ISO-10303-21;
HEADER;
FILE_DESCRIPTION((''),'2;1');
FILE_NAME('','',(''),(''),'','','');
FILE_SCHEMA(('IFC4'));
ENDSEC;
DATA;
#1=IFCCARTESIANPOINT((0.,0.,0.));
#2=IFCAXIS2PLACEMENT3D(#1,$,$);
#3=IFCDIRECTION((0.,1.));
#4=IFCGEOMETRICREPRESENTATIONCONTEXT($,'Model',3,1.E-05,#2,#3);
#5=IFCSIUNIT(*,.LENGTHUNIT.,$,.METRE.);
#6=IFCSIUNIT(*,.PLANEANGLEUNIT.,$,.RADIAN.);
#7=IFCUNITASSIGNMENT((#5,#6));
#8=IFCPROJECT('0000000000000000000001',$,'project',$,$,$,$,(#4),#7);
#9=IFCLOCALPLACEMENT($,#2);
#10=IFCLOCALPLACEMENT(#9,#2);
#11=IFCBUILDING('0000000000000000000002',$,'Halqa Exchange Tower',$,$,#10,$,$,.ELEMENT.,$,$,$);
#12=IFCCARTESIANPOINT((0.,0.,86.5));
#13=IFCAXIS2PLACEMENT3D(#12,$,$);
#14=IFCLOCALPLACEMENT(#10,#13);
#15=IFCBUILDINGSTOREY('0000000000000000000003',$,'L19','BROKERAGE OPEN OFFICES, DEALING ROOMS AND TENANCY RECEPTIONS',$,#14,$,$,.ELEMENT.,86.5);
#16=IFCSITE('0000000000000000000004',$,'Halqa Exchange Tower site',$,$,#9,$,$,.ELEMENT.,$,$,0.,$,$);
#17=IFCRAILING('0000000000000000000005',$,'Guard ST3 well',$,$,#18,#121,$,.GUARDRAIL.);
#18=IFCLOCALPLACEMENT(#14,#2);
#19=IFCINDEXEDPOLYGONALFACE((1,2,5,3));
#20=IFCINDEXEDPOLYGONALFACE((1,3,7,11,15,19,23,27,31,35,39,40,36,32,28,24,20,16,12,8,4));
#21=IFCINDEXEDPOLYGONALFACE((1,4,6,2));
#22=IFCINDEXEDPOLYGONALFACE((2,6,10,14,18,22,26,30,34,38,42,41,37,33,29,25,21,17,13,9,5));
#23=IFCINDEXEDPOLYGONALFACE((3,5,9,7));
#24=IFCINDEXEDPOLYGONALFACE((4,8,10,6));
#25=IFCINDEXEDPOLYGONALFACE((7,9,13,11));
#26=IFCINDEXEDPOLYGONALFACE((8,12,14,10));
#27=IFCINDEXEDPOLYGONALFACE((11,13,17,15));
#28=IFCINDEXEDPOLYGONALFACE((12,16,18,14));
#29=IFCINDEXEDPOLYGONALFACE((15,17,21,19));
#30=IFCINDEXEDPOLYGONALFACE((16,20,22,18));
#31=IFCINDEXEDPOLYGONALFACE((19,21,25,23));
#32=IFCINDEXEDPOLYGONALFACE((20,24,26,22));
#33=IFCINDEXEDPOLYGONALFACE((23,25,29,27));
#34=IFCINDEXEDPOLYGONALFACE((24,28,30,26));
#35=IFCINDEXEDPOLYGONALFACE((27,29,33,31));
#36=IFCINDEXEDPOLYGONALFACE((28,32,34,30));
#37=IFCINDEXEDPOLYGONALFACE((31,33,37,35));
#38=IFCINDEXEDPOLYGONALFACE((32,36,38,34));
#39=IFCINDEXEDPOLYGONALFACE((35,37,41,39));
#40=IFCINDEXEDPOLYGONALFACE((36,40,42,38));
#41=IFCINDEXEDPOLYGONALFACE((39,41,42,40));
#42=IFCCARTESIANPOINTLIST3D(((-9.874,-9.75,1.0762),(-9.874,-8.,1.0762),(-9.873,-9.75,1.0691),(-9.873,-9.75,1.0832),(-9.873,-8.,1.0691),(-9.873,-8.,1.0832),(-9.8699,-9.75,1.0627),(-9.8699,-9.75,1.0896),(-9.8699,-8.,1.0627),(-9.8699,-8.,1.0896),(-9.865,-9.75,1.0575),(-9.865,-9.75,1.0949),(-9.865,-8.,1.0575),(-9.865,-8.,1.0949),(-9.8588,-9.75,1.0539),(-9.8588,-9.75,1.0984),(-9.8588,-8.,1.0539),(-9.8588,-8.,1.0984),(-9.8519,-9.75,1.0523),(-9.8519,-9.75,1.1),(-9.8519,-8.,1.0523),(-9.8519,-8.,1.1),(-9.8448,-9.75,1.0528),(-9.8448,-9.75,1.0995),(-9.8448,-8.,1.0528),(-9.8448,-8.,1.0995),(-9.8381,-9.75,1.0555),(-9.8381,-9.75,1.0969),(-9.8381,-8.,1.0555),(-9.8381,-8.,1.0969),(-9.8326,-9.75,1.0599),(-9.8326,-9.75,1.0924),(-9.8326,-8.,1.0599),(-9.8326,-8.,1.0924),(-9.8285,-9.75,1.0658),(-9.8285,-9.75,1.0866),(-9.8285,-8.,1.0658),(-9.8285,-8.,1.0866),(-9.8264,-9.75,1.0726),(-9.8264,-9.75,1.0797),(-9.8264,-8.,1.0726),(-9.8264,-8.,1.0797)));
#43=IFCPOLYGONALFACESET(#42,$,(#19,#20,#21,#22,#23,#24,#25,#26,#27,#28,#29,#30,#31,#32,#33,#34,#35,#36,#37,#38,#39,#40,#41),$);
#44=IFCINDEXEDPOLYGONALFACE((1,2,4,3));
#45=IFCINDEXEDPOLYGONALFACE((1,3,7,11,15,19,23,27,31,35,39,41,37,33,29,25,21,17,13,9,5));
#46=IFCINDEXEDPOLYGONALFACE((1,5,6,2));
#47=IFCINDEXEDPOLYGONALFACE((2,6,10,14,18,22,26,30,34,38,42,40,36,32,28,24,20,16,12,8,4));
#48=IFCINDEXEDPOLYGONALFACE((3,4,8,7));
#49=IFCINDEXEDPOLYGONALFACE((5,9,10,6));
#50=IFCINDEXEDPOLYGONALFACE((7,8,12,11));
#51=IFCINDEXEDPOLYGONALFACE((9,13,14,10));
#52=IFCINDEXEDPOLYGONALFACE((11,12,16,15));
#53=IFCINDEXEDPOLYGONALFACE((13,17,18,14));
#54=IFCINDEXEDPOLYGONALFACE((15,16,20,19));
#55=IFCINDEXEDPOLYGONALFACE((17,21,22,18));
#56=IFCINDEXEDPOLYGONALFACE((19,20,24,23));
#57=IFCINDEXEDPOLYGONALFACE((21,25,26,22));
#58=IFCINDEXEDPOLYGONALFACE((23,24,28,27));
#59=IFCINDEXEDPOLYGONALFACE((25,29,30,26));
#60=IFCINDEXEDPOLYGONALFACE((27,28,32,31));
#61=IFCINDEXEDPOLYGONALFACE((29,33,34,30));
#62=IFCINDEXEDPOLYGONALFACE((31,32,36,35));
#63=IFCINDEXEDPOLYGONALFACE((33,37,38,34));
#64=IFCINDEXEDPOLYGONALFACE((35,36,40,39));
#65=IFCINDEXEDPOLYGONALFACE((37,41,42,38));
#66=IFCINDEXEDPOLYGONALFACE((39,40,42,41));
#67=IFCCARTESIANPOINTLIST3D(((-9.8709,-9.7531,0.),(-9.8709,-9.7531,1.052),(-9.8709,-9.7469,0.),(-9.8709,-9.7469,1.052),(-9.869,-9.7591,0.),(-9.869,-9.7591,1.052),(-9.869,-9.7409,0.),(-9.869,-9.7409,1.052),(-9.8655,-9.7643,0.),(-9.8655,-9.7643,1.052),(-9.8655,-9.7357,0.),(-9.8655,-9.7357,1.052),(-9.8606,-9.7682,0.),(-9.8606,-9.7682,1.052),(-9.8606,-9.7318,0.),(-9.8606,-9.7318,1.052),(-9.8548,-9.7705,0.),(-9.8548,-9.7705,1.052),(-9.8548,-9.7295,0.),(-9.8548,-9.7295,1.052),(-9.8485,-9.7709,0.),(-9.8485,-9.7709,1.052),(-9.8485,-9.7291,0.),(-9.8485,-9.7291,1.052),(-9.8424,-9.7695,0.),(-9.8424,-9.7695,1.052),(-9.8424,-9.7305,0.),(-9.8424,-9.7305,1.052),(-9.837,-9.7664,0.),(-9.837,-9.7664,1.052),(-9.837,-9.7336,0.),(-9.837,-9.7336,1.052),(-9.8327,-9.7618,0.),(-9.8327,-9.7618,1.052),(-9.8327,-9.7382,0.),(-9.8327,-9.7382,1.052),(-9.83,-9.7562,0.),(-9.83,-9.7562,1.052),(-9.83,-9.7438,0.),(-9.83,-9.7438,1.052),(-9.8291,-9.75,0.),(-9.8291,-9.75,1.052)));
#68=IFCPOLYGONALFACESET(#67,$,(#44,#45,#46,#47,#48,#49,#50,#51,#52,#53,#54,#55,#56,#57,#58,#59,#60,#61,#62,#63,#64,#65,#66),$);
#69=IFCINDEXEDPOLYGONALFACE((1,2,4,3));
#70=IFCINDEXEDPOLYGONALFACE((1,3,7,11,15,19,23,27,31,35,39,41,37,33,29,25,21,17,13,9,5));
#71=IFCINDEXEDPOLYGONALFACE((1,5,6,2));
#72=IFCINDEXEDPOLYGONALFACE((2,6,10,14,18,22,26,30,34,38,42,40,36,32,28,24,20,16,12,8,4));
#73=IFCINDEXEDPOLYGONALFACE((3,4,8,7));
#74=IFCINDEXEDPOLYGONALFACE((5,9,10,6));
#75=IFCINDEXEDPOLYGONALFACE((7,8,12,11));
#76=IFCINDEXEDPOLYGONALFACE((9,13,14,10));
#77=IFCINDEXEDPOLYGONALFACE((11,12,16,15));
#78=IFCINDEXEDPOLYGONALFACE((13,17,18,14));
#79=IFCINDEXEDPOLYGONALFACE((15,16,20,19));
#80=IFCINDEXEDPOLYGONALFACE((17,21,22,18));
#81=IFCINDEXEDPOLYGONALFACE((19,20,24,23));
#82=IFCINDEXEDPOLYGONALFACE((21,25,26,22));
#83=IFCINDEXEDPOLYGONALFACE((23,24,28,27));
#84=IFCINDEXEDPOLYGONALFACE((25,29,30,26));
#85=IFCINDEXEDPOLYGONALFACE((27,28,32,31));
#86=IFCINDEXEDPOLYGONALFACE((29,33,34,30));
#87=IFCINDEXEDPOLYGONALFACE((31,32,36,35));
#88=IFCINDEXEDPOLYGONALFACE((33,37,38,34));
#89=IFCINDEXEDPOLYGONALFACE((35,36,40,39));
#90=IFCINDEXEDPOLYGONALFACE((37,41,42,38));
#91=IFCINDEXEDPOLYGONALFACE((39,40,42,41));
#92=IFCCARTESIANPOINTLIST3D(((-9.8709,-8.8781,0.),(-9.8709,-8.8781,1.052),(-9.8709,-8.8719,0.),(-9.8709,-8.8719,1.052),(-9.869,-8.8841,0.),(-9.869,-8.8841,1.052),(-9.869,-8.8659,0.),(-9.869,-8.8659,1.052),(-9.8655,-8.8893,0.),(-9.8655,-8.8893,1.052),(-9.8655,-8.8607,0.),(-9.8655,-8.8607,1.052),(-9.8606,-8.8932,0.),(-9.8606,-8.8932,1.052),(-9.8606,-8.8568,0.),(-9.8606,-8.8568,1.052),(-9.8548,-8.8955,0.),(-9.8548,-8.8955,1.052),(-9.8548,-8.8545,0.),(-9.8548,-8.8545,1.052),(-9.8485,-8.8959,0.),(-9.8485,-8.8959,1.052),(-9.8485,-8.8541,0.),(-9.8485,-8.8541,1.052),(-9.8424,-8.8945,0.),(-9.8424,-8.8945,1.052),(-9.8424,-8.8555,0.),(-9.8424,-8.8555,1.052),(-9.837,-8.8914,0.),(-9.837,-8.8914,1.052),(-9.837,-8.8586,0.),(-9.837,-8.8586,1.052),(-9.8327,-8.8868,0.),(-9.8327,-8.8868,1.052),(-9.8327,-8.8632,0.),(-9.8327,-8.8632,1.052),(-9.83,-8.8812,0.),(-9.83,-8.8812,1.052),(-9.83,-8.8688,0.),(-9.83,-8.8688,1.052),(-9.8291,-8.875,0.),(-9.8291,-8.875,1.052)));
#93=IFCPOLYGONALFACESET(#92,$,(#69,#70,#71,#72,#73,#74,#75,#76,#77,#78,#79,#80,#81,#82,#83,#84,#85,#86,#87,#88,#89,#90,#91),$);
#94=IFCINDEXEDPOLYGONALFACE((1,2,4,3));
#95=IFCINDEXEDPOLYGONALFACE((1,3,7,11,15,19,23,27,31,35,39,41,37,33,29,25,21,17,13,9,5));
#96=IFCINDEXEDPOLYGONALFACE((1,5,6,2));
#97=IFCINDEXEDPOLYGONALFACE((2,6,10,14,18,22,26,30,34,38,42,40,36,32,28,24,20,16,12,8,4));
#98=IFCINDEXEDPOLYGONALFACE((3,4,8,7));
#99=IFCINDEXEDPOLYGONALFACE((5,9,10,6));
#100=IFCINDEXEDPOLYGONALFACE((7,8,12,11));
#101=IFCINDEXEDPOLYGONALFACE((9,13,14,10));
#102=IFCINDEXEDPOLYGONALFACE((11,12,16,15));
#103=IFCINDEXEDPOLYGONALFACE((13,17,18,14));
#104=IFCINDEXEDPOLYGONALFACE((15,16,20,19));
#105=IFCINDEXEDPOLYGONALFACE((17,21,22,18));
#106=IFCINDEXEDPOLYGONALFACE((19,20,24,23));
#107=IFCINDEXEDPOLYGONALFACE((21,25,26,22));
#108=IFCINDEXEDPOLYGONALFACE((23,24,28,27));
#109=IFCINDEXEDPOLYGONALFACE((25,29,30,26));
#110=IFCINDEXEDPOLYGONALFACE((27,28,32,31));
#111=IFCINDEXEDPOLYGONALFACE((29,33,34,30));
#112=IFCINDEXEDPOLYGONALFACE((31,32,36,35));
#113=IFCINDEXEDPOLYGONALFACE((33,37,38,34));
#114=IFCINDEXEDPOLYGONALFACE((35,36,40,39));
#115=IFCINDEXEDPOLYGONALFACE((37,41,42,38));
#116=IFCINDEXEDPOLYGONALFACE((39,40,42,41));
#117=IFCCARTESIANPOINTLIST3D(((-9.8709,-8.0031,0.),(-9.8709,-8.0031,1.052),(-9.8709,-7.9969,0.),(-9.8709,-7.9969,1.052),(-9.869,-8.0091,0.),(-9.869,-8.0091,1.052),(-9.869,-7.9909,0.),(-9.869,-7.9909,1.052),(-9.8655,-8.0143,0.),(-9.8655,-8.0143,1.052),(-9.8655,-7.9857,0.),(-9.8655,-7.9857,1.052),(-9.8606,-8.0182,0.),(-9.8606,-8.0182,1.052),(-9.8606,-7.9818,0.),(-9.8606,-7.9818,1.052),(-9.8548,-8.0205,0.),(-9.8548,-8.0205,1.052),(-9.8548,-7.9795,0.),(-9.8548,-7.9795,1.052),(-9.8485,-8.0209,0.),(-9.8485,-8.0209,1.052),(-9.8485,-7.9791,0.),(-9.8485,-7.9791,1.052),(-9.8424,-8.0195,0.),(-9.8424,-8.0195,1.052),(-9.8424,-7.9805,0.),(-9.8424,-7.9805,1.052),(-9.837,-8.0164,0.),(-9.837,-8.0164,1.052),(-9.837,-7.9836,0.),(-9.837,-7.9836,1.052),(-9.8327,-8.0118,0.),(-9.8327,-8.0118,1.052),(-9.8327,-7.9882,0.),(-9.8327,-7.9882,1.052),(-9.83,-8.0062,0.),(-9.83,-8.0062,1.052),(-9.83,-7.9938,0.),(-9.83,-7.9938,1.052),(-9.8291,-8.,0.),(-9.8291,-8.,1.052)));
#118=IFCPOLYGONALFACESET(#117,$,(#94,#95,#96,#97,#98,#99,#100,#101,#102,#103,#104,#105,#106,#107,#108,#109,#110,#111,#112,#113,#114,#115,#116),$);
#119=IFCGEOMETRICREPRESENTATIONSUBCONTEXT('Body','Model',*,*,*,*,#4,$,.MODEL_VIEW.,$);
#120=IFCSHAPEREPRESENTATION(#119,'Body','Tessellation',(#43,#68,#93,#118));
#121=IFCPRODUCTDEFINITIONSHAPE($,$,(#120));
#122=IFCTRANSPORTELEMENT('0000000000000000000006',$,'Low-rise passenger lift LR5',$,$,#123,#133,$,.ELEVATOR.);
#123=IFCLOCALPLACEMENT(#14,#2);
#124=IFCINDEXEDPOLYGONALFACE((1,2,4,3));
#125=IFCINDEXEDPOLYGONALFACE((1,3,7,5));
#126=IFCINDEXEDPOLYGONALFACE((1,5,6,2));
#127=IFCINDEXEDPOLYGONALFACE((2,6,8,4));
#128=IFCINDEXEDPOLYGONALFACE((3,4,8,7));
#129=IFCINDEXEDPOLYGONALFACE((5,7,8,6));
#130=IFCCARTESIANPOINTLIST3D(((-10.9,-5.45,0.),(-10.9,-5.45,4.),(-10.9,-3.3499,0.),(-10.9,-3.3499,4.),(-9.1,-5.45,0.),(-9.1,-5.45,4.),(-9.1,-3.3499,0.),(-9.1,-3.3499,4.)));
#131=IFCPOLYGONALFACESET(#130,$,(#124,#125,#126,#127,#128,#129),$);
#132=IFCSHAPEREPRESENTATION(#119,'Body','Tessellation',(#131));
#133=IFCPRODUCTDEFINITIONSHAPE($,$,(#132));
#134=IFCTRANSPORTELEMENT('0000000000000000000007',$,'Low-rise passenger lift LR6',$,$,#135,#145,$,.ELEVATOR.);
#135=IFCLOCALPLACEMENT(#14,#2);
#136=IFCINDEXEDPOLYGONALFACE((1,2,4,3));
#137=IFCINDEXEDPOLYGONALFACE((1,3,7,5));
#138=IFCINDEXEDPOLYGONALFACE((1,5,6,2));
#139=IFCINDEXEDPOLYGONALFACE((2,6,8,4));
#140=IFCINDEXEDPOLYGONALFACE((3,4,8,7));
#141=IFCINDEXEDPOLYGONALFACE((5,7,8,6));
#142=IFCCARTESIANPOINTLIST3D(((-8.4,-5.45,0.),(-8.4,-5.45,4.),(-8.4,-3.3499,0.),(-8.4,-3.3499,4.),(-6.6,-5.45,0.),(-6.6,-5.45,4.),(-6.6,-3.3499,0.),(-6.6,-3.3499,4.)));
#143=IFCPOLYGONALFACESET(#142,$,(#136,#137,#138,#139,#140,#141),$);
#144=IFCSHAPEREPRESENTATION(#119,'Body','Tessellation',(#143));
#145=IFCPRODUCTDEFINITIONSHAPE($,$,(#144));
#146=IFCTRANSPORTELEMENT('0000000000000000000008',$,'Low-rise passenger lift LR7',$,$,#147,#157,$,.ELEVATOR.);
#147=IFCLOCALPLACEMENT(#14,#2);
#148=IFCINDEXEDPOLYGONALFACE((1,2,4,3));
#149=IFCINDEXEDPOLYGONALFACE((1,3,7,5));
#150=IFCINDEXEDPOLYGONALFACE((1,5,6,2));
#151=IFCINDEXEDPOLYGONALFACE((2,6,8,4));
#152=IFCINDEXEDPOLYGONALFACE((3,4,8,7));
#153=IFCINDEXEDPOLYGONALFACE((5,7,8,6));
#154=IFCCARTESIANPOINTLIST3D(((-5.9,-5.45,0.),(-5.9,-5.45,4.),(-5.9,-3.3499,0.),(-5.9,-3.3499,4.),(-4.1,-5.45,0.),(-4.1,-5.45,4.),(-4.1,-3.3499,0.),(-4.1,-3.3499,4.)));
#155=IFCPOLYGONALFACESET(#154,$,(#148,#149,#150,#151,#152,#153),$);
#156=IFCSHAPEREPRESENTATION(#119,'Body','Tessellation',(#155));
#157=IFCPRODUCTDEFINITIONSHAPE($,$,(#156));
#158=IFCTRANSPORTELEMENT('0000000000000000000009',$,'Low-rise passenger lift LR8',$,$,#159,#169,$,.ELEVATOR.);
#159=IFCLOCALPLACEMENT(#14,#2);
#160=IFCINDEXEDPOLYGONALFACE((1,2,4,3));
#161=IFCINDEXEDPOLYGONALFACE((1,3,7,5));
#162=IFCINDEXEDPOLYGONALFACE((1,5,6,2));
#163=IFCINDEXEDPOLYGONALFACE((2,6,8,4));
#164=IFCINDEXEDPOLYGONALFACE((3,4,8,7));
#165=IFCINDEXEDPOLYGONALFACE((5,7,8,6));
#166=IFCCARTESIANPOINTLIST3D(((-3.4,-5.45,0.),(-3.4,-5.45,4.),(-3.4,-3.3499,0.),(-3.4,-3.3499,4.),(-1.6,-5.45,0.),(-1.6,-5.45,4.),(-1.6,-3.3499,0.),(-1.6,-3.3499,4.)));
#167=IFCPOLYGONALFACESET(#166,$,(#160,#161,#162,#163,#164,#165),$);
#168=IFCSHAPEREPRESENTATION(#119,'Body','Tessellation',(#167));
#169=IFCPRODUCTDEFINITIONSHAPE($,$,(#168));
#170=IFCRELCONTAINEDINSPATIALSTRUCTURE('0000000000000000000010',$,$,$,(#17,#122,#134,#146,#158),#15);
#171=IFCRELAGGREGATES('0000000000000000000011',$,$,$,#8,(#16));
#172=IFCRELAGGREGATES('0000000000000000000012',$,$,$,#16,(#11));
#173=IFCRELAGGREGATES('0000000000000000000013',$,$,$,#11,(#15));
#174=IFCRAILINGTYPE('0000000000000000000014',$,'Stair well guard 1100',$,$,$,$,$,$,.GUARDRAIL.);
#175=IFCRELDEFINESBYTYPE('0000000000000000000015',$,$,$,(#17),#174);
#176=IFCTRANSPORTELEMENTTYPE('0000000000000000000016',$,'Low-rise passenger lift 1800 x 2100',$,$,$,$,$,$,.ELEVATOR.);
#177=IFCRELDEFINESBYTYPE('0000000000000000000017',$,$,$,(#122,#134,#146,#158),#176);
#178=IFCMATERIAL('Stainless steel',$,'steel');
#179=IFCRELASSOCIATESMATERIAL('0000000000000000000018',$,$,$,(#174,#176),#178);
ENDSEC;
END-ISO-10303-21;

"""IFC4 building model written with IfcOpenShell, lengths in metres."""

from ifc_helpers import new_model, si_unit, direction, frame, origin, origin_2d, place, context, subcontext, project, spatial, rectangle, circle, extrude, material, type_object, element, save


model = new_model("IFC4")

# Units and contexts
model_context = context("Model", 3, precision=1e-05, world=origin(), true_north=direction((0.0, 1.0)))
body_context = subcontext(model_context, "Body", "Model", "MODEL_VIEW")
ifc_project = project(units=[si_unit("LENGTHUNIT", "METRE"), si_unit("PLANEANGLEUNIT", "RADIAN")], contexts=[model_context])

# Site, building, storey
site_placement = place(None, origin())
site = spatial("IfcSite", under=ifc_project, at=site_placement, Name="Halqa Exchange Tower site", CompositionType="ELEMENT", RefElevation=0.0)
building_placement = place(site_placement, origin())
building = spatial("IfcBuilding", under=site, at=building_placement, Name="Halqa Exchange Tower", CompositionType="ELEMENT")
storey_placement = place(building_placement, frame((0.0, 0.0, 86.5)))
storey = spatial("IfcBuildingStorey", under=building, at=storey_placement, Name="L19", Description="BROKERAGE OPEN OFFICES, DEALING ROOMS AND TENANCY RECEPTIONS", CompositionType="ELEMENT", Elevation=86.5)

# Shared definitions
ifc_material_1 = material(Name="Stainless steel", Category="steel")

# Railing
railing_type_1 = type_object("IfcRailingType", Name="Stair well guard 1100", PredefinedType="GUARDRAIL", material=ifc_material_1)
railing_1_placement = place(storey_placement, frame((-9.8501, -9.75, 0.0)))
element("IfcRailing", 1, at=railing_1_placement, inside=storey, type_object=railing_type_1, Name="Guard ST3 well", PredefinedType="GUARDRAIL", context=body_context, shape_type="SweptSolid", body=[
    extrude(circle(Radius=0.0239, at=origin_2d()), frame((0.0, 0.0, 1.0762), z_axis=(0.0, 1.0, 0.0), x_axis=(-1.0, 0.0, 0.0)), (0.0, 0.0, 1.0), 1.75),
    extrude(circle(Radius=0.021, at=origin_2d()), origin(), (0.0, 0.0, 1.0), 1.052),
    extrude(circle(Radius=0.021, at=origin_2d()), frame((0.0, 0.875, 0.0)), (0.0, 0.0, 1.0), 1.052),
    extrude(circle(Radius=0.021, at=origin_2d()), frame((0.0, 1.75, 0.0)), (0.0, 0.0, 1.0), 1.052),
])

# Transport elements
transport_element_type = type_object("IfcTransportElementType", Name="Low-rise passenger lift 1800 x 2100", PredefinedType="ELEVATOR", material=ifc_material_1)
for number, where, z_axis, x_axis, name in (
    (2, (-10.0, -4.3999, 0.0), (0.0, 0.0, 1.0), (1.0, 0.0, 0.0), "Low-rise passenger lift LR5"),
    (3, (-7.5, -4.3999, 0.0), (0.0, 0.0, 1.0), (1.0, 0.0, 0.0), "Low-rise passenger lift LR6"),
    (4, (-5.0, -4.3999, 0.0), (0.0, 0.0, 1.0), (1.0, 0.0, 0.0), "Low-rise passenger lift LR7"),
    (5, (-2.5, -4.3999, 0.0), (0.0, 0.0, 1.0), (1.0, 0.0, 0.0), "Low-rise passenger lift LR8"),
):
    element("IfcTransportElement", number, at=place(storey_placement, frame(where, z_axis=z_axis, x_axis=x_axis)), inside=storey, type_object=transport_element_type, Name=name, PredefinedType="ELEVATOR", context=body_context, shape_type="SweptSolid", body=[
        extrude(rectangle(XDim=1.8, YDim=2.1001, at=origin_2d()), origin(), (0.0, 0.0, 1.0), 4.0),
    ])

save(model, "model.ifc")
